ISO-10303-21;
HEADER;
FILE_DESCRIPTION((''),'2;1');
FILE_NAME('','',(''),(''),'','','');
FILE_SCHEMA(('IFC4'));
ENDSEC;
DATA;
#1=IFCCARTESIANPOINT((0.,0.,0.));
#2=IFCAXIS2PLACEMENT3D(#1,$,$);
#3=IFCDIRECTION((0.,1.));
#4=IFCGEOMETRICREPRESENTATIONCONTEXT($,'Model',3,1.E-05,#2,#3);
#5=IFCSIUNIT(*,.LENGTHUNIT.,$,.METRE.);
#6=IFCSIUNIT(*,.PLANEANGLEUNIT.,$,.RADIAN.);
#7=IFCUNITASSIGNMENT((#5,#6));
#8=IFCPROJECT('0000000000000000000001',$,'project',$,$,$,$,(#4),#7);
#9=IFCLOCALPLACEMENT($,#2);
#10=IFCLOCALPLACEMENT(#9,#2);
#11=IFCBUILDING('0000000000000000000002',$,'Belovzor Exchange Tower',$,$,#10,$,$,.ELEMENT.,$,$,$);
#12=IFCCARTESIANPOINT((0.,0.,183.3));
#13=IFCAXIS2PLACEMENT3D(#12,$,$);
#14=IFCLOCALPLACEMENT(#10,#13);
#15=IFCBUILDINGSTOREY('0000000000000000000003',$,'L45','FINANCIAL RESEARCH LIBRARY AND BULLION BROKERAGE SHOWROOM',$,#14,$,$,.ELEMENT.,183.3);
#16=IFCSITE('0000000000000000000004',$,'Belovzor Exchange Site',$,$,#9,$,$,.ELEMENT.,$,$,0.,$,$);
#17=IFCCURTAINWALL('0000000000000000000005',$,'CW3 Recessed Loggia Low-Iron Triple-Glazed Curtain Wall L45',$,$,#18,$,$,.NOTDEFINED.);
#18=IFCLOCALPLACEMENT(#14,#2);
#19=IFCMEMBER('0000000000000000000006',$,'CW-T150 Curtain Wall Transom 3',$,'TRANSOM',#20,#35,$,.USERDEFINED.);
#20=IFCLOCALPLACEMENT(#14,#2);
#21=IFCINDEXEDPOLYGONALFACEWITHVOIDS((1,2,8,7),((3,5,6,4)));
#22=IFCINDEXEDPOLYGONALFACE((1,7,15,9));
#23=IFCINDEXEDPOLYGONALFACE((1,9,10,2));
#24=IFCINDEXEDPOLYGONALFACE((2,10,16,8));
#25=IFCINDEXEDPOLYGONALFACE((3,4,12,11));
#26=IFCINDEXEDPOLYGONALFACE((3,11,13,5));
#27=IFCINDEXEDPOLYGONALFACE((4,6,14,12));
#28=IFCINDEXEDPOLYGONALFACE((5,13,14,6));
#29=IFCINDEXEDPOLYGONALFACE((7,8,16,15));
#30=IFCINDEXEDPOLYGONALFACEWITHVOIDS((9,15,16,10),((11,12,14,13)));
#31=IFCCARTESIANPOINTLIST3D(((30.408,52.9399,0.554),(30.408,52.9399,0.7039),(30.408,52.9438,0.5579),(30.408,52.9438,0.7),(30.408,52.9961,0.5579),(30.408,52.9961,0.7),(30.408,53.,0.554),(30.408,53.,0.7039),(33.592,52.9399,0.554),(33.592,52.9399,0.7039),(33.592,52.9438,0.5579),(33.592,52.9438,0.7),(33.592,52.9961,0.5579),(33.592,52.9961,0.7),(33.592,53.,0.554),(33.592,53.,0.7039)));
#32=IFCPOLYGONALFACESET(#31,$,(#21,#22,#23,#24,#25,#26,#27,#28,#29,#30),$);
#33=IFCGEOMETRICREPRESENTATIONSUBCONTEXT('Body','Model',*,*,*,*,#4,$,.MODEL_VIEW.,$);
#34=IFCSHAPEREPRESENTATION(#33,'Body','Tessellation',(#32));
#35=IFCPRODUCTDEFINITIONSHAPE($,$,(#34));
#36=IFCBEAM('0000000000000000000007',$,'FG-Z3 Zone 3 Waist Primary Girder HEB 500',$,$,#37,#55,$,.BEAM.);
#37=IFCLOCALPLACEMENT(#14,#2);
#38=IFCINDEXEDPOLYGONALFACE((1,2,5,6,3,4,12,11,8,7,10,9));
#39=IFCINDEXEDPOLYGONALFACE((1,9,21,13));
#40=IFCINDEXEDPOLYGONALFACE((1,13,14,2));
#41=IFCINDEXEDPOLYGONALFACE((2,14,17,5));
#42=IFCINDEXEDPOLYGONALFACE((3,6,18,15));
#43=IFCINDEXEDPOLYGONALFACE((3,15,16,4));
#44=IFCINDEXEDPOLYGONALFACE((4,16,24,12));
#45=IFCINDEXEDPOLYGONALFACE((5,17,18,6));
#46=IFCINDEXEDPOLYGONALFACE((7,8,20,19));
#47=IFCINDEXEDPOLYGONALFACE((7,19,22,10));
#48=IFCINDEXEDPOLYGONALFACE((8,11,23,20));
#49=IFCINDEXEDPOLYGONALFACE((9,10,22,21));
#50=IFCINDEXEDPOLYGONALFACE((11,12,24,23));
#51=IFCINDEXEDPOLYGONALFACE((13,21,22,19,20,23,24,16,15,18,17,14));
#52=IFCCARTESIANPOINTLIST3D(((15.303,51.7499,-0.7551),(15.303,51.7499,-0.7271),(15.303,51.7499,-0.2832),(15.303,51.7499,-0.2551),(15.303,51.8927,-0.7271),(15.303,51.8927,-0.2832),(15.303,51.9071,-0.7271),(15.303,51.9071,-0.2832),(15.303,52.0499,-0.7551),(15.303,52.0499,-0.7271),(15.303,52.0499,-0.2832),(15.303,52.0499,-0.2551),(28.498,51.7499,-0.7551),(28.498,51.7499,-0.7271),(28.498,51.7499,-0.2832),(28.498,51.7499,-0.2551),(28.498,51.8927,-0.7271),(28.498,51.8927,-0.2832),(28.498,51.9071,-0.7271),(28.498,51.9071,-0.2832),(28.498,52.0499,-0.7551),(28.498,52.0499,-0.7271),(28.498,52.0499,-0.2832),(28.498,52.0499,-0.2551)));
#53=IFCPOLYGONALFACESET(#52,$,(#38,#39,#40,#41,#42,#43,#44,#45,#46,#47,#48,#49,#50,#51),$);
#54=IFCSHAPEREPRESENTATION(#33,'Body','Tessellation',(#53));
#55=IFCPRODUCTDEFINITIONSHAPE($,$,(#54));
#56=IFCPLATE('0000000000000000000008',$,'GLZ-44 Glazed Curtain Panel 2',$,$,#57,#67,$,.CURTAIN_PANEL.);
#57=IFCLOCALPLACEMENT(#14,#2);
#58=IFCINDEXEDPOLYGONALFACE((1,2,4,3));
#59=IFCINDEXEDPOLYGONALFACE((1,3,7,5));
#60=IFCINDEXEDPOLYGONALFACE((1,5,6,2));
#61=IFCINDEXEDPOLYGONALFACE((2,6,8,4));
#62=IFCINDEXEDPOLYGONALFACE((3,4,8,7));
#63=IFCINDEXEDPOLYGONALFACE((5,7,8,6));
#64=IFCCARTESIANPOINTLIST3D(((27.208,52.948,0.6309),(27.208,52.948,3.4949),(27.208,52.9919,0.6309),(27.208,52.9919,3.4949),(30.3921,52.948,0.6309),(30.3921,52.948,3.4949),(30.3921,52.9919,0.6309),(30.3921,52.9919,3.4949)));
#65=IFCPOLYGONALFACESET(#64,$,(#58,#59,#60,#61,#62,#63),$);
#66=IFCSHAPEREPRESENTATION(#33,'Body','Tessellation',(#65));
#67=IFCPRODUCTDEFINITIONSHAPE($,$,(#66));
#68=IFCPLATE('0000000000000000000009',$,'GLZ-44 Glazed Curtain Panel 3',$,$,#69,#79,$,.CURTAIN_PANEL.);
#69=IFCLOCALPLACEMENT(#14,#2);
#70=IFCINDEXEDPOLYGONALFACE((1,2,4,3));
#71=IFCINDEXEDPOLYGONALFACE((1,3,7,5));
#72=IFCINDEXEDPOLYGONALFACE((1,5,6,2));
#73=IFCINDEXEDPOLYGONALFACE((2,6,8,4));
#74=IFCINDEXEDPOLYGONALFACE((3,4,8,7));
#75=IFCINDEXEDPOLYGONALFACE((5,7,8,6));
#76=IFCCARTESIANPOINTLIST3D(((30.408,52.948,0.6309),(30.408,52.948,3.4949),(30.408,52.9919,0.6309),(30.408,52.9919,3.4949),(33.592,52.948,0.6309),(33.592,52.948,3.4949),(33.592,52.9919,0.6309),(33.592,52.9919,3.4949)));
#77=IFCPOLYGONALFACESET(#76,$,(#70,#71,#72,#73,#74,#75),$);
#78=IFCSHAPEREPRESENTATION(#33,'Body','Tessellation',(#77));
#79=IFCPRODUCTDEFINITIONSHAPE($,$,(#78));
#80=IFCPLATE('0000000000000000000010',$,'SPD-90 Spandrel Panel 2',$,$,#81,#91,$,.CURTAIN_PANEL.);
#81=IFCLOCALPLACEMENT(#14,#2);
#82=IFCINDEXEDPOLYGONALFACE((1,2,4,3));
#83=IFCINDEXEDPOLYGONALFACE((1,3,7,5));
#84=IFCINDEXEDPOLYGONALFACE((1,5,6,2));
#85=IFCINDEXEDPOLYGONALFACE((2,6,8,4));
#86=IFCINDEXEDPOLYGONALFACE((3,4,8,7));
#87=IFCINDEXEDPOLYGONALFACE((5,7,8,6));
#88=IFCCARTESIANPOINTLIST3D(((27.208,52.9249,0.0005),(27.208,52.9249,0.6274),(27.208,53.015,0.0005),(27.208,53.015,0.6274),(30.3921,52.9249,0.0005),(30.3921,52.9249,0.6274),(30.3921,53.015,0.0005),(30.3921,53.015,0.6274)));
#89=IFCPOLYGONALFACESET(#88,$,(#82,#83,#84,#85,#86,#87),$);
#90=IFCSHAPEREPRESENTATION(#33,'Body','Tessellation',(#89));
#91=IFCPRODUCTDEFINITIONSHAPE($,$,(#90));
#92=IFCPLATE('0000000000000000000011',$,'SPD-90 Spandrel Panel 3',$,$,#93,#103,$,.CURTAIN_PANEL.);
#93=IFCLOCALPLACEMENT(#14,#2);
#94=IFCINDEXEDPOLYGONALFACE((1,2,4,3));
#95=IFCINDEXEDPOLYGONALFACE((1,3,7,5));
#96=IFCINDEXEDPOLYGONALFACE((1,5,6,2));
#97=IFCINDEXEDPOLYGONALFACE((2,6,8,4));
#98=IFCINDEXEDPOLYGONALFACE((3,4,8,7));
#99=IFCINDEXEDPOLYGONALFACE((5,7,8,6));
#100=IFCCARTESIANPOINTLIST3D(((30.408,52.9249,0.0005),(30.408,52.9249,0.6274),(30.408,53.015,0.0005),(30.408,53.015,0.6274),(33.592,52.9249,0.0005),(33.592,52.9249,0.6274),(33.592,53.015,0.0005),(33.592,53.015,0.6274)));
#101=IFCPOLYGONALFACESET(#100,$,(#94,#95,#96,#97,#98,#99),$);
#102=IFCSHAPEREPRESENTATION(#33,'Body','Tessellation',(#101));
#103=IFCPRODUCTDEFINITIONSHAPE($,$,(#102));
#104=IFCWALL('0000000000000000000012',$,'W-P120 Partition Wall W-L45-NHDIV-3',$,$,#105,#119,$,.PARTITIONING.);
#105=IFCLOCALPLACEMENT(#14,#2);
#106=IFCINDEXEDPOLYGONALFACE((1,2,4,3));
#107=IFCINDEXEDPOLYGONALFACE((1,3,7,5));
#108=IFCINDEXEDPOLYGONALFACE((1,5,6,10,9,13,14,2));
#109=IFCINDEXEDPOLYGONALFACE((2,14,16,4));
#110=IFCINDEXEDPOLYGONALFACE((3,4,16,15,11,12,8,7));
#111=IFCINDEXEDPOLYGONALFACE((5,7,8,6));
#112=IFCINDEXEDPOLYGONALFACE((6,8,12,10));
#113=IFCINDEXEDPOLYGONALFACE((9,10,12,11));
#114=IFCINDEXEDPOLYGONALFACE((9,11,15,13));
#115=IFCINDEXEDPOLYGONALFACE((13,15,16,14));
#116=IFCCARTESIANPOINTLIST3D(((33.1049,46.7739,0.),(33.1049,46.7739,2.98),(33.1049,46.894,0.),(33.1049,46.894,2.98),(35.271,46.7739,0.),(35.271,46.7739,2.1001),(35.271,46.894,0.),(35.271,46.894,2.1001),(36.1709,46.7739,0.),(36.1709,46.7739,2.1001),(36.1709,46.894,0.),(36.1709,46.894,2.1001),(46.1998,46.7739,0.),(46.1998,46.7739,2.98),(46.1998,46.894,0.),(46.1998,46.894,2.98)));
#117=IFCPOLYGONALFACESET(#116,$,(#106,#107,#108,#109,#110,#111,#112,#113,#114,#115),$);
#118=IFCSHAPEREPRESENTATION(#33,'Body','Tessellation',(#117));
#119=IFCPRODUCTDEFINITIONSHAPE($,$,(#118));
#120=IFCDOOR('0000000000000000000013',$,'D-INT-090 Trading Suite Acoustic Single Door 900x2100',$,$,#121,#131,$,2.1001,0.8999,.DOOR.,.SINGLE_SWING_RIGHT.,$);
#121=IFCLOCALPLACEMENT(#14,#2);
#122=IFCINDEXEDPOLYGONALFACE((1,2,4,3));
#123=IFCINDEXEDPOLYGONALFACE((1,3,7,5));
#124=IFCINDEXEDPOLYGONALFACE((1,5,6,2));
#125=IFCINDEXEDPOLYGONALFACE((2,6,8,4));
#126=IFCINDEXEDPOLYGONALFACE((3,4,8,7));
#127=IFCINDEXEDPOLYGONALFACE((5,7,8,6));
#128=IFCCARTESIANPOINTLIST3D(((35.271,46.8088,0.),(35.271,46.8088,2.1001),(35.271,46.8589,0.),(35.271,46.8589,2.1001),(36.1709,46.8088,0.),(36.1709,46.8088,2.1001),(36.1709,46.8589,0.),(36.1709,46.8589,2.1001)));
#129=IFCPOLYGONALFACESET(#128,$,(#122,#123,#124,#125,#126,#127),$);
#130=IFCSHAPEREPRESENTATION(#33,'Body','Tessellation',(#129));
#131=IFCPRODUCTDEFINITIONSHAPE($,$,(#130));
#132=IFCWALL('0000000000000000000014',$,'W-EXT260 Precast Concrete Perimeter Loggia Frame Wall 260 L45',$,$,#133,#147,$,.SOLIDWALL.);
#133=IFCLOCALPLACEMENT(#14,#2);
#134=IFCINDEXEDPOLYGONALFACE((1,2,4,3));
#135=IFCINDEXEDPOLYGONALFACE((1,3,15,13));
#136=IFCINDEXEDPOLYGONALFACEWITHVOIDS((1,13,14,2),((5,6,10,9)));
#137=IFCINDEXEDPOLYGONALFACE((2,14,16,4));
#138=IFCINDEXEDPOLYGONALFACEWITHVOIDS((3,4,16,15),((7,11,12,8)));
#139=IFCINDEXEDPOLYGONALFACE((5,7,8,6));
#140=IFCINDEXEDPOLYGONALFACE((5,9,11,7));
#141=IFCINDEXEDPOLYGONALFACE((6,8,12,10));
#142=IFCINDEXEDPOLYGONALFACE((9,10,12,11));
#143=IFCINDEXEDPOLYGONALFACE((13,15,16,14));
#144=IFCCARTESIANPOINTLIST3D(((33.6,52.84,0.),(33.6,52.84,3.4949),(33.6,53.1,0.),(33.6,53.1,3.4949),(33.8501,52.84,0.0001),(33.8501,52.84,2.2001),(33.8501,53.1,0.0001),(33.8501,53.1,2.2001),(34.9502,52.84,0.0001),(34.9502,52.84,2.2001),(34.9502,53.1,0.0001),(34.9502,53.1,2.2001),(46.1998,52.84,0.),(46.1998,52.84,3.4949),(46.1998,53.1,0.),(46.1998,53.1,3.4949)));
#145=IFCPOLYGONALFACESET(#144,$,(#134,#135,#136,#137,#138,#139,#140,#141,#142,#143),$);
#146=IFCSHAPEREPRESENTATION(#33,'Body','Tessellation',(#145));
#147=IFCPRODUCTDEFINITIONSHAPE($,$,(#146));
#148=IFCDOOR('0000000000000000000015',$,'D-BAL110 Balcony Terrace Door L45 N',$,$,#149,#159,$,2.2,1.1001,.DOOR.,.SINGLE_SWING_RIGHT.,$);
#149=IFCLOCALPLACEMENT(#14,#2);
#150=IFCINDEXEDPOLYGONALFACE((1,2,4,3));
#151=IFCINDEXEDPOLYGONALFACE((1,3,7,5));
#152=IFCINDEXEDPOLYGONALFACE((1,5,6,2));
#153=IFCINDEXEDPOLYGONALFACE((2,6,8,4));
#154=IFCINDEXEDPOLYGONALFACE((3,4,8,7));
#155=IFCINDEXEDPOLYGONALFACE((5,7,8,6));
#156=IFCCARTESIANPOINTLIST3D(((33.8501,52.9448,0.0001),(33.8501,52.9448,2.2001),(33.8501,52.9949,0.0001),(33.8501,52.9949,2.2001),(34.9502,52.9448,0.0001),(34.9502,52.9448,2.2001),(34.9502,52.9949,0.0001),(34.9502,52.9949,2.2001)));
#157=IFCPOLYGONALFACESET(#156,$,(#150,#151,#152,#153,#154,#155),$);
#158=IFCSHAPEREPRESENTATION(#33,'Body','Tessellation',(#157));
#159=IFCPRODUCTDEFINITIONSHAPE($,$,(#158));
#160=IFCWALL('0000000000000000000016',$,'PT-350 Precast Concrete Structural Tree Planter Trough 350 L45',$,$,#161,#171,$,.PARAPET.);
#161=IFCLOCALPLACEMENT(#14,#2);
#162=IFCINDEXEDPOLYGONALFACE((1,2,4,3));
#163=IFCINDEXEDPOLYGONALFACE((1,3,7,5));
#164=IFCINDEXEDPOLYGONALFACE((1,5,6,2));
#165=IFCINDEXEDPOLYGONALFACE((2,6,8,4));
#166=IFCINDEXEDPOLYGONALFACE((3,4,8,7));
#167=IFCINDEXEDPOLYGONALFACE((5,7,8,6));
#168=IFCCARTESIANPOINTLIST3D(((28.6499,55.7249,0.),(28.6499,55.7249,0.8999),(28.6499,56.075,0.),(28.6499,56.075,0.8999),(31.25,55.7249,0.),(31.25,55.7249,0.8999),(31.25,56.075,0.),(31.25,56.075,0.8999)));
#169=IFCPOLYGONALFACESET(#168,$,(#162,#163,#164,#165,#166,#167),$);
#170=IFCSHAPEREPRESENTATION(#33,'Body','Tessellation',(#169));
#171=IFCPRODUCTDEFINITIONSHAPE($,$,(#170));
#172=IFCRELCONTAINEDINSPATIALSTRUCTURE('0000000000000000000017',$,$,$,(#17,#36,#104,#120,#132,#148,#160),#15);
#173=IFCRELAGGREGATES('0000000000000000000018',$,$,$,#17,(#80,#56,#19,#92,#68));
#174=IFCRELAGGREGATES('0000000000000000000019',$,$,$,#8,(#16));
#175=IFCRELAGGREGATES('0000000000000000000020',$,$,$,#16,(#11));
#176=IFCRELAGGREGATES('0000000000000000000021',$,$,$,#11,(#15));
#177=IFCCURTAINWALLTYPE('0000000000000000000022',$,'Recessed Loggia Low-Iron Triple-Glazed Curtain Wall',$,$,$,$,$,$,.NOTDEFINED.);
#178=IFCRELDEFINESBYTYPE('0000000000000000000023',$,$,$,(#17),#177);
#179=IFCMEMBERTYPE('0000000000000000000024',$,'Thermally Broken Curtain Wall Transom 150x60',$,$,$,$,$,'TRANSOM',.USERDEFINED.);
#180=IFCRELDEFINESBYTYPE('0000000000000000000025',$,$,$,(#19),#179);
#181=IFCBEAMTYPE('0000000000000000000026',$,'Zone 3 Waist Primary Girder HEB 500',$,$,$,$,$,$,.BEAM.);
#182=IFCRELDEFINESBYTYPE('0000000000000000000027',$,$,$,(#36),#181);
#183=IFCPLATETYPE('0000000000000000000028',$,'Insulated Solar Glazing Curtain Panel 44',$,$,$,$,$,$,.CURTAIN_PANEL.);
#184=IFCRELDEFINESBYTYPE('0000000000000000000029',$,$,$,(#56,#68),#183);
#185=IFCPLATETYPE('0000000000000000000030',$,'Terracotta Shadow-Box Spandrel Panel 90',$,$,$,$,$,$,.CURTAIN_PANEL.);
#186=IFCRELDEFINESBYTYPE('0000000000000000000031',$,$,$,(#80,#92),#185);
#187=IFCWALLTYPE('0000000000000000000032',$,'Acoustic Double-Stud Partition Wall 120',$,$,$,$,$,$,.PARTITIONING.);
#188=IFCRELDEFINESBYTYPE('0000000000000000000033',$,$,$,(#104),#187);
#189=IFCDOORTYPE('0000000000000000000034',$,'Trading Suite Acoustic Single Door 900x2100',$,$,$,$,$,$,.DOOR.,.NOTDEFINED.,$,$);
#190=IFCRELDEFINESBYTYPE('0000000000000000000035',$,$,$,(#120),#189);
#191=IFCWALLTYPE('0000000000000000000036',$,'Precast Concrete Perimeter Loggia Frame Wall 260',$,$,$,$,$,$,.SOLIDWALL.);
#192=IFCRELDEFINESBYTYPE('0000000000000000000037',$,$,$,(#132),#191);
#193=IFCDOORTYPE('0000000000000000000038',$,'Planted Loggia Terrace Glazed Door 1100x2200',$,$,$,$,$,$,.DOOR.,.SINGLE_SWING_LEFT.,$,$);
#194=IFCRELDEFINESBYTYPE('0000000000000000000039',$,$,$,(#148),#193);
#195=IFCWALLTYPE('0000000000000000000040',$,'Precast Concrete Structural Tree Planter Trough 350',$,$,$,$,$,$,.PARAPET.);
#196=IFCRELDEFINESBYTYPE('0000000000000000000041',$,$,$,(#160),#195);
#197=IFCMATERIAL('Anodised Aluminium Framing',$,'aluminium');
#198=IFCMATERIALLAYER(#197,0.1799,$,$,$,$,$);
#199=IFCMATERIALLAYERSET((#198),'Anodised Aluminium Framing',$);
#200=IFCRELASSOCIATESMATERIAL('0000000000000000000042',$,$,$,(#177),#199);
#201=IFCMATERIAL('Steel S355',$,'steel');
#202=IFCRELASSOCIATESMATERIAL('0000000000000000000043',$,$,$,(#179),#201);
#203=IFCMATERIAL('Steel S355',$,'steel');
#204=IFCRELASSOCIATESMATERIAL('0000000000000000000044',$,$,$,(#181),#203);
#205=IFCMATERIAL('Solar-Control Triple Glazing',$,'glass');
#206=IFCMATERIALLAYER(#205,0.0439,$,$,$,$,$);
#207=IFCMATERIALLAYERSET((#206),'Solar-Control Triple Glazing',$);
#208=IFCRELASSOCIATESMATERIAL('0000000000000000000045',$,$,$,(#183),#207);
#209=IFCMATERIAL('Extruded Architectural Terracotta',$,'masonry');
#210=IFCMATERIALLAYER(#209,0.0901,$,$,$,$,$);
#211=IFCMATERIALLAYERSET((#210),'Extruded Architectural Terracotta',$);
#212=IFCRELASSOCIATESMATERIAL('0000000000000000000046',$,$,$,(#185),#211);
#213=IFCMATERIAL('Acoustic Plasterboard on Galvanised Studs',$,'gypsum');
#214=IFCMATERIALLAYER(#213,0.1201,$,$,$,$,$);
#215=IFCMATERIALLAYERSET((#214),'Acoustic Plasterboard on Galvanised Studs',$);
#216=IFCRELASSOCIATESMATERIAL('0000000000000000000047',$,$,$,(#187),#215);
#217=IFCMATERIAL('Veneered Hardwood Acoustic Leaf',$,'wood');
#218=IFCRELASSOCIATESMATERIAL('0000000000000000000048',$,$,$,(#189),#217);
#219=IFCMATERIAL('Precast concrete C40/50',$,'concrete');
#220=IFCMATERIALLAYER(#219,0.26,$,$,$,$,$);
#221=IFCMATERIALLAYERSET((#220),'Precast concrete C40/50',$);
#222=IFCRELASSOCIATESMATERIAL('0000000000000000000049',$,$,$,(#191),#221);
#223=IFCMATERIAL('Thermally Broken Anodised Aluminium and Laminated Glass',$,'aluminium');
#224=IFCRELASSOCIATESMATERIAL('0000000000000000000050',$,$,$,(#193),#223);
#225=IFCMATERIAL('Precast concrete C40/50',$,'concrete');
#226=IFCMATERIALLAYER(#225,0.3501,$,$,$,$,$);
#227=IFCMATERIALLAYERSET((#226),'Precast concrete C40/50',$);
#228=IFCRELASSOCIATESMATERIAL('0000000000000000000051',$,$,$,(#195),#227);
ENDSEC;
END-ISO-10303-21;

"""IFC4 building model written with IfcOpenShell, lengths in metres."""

from ifc_helpers import new_model, si_unit, direction, frame, frame_2d, origin, origin_2d, place, context, subcontext, project, spatial, rectangle, hollow_rectangle, i_section, extrude, material, layer, layer_set, material_profile, profile_set, type_object, element, fill, aggregate, save


model = new_model("IFC4")

# Units and contexts
model_context = context("Model", 3, precision=1e-05, world=origin(), true_north=direction((0.0, 1.0)))
body_context = subcontext(model_context, "Body", "Model", "MODEL_VIEW")
ifc_project = project(units=[si_unit("LENGTHUNIT", "METRE"), si_unit("PLANEANGLEUNIT", "RADIAN")], contexts=[model_context])

# Site, building, storey
site_placement = place(None, origin())
site = spatial("IfcSite", under=ifc_project, at=site_placement, Name="Belovzor Exchange Site", CompositionType="ELEMENT", RefElevation=0.0)
building_placement = place(site_placement, origin())
building = spatial("IfcBuilding", under=site, at=building_placement, Name="Belovzor Exchange Tower", CompositionType="ELEMENT")
storey_placement = place(building_placement, frame((0.0, 0.0, 183.3)))
storey = spatial("IfcBuildingStorey", under=building, at=storey_placement, Name="L45", Description="FINANCIAL RESEARCH LIBRARY AND BULLION BROKERAGE SHOWROOM", CompositionType="ELEMENT", Elevation=183.3)

# Curtain wall, member
ifc_material_1 = material(Name="Anodised Aluminium Framing", Category="aluminium")
ifc_layer_1 = layer(ifc_material_1, 0.1799)
ifc_layer_set_1 = layer_set([ifc_layer_1], Name="Anodised Aluminium Framing")
curtain_wall_type = type_object("IfcCurtainWallType", Name="Recessed Loggia Low-Iron Triple-Glazed Curtain Wall", PredefinedType="NOTDEFINED", material=ifc_layer_set_1)
curtain_wall_placement = place(storey_placement, origin())
curtain_wall = element("IfcCurtainWall", 1, at=curtain_wall_placement, inside=storey, type_object=curtain_wall_type, Name="CW3 Recessed Loggia Low-Iron Triple-Glazed Curtain Wall L45", PredefinedType="NOTDEFINED")
ifc_material_2 = material(Name="Steel S355", Category="steel")
ifc_material_profile_1 = material_profile(ifc_material_2, hollow_rectangle(XDim=0.0601, YDim=0.1499, WallThickness=0.0039, at=origin_2d()))
ifc_profile_set_1 = profile_set([ifc_material_profile_1], Name="Steel S355")
member_type_1 = type_object("IfcMemberType", Name="Thermally Broken Curtain Wall Transom 150x60", ElementType="TRANSOM", PredefinedType="USERDEFINED", material=ifc_profile_set_1)
member_1_placement = place(storey_placement, frame((30.408, 52.97, 0.6289), z_axis=(1.0, 0.0, 0.0), x_axis=(0.0, 1.0, 0.0)))
member_1 = element("IfcMember", 2, at=member_1_placement, type_object=member_type_1, Name="CW-T150 Curtain Wall Transom 3", ObjectType="TRANSOM", PredefinedType="USERDEFINED", context=body_context, shape_type="SweptSolid", body=[
    extrude(hollow_rectangle(XDim=0.0601, YDim=0.1499, WallThickness=0.0039, at=origin_2d()), origin(), (0.0, 0.0, 1.0), 3.1841),
])

# Beam
ifc_material_3 = material(Name="Steel S355", Category="steel")
ifc_material_profile_2 = material_profile(ifc_material_3, i_section(OverallWidth=0.3, OverallDepth=0.5, WebThickness=0.0144, FlangeThickness=0.0281, at=origin_2d()))
ifc_profile_set_2 = profile_set([ifc_material_profile_2], Name="Steel S355")
beam_type_1 = type_object("IfcBeamType", Name="Zone 3 Waist Primary Girder HEB 500", PredefinedType="BEAM", material=ifc_profile_set_2)
beam_1_placement = place(storey_placement, frame((28.498, 51.8999, -0.5051), z_axis=(-1.0, 0.0, 0.0), x_axis=(0.0, -1.0, 0.0)))
element("IfcBeam", 3, at=beam_1_placement, inside=storey, type_object=beam_type_1, Name="FG-Z3 Zone 3 Waist Primary Girder HEB 500", PredefinedType="BEAM", context=body_context, shape_type="SweptSolid", body=[
    extrude(i_section(OverallWidth=0.3, OverallDepth=0.5, WebThickness=0.0144, FlangeThickness=0.0281, at=origin_2d()), origin(), (0.0, 0.0, 1.0), 13.1951),
])

# Plates
ifc_material_4 = material(Name="Solar-Control Triple Glazing", Category="glass")
ifc_layer_2 = layer(ifc_material_4, 0.0439)
ifc_layer_set_2 = layer_set([ifc_layer_2], Name="Solar-Control Triple Glazing")
plate_type_1 = type_object("IfcPlateType", Name="Insulated Solar Glazing Curtain Panel 44", PredefinedType="CURTAIN_PANEL", material=ifc_layer_set_2)
plate_1_placement = place(storey_placement, frame((28.8, 52.97, 0.6309), z_axis=(0.0, 0.0, 1.0), x_axis=(1.0, 0.0, 0.0)))
plate_1 = element("IfcPlate", 4, at=plate_1_placement, type_object=plate_type_1, Name="GLZ-44 Glazed Curtain Panel 2", PredefinedType="CURTAIN_PANEL", context=body_context, shape_type="SweptSolid", body=[
    extrude(rectangle(XDim=3.1841, YDim=0.0439, at=origin_2d()), origin(), (0.0, 0.0, 1.0), 2.864),
])
plate_2_placement = place(storey_placement, frame((32.0, 52.97, 0.6309), z_axis=(0.0, 0.0, 1.0), x_axis=(1.0, 0.0, 0.0)))
plate_2 = element("IfcPlate", 5, at=plate_2_placement, type_object=plate_type_1, Name="GLZ-44 Glazed Curtain Panel 3", PredefinedType="CURTAIN_PANEL", context=body_context, shape_type="SweptSolid", body=[
    extrude(rectangle(XDim=3.1841, YDim=0.0439, at=origin_2d()), origin(), (0.0, 0.0, 1.0), 2.864),
])
ifc_material_5 = material(Name="Extruded Architectural Terracotta", Category="masonry")
ifc_layer_3 = layer(ifc_material_5, 0.0901)
ifc_layer_set_3 = layer_set([ifc_layer_3], Name="Extruded Architectural Terracotta")
plate_type_2 = type_object("IfcPlateType", Name="Terracotta Shadow-Box Spandrel Panel 90", PredefinedType="CURTAIN_PANEL", material=ifc_layer_set_3)
plate_3_placement = place(storey_placement, frame((28.8, 52.97, 0.0005), z_axis=(0.0, 0.0, 1.0), x_axis=(1.0, 0.0, 0.0)))
plate_3 = element("IfcPlate", 6, at=plate_3_placement, type_object=plate_type_2, Name="SPD-90 Spandrel Panel 2", PredefinedType="CURTAIN_PANEL", context=body_context, shape_type="SweptSolid", body=[
    extrude(rectangle(XDim=3.1841, YDim=0.0901, at=origin_2d()), origin(), (0.0, 0.0, 1.0), 0.627),
])
plate_4_placement = place(storey_placement, frame((32.0, 52.97, 0.0005), z_axis=(0.0, 0.0, 1.0), x_axis=(1.0, 0.0, 0.0)))
plate_4 = element("IfcPlate", 7, at=plate_4_placement, type_object=plate_type_2, Name="SPD-90 Spandrel Panel 3", PredefinedType="CURTAIN_PANEL", context=body_context, shape_type="SweptSolid", body=[
    extrude(rectangle(XDim=3.1841, YDim=0.0901, at=origin_2d()), origin(), (0.0, 0.0, 1.0), 0.627),
])
aggregate(curtain_wall, [plate_3, plate_1, member_1, plate_4, plate_2])

# Walls, openings, doors
ifc_material_6 = material(Name="Acoustic Plasterboard on Galvanised Studs", Category="gypsum")
ifc_layer_4 = layer(ifc_material_6, 0.1201)
ifc_layer_set_4 = layer_set([ifc_layer_4], Name="Acoustic Plasterboard on Galvanised Studs")
wall_type_1 = type_object("IfcWallType", Name="Acoustic Double-Stud Partition Wall 120", PredefinedType="PARTITIONING", material=ifc_layer_set_4)
wall_1_placement = place(storey_placement, frame((33.105, 46.834, 0.0), z_axis=(0.0, 0.0, 1.0), x_axis=(1.0, 0.0, 0.0)))
wall_1 = element("IfcWall", 8, at=wall_1_placement, inside=storey, type_object=wall_type_1, Name="W-P120 Partition Wall W-L45-NHDIV-3", PredefinedType="PARTITIONING", context=body_context, shape_type="SweptSolid", body=[
    extrude(rectangle(XDim=13.095, YDim=0.1201, at=frame_2d((6.5474, 0.0))), origin(), (0.0, 0.0, 1.0), 2.98),
])
opening_1_placement = place(wall_1_placement, frame((2.166, 0.0, 0.0)))
opening_1 = element("IfcOpeningElement", 9, at=opening_1_placement, cuts=wall_1, PredefinedType="OPENING", context=body_context, shape_type="SweptSolid", body=[
    extrude(rectangle(XDim=0.8999, YDim=2.1001, at=frame_2d((0.45, 1.05))), frame((0.0, 0.0701, 0.0), z_axis=(0.0, -1.0, 0.0), x_axis=(1.0, 0.0, 0.0)), (0.0, 0.0, 1.0), 0.1401),
])
ifc_material_7 = material(Name="Veneered Hardwood Acoustic Leaf", Category="wood")
door_type_1 = type_object("IfcDoorType", Name="Trading Suite Acoustic Single Door 900x2100", OperationType="NOTDEFINED", PredefinedType="DOOR", material=ifc_material_7)
door_1_placement = place(opening_1_placement, origin())
door_1 = element("IfcDoor", 10, at=door_1_placement, inside=storey, type_object=door_type_1, Name="D-INT-090 Trading Suite Acoustic Single Door 900x2100", OperationType="SINGLE_SWING_RIGHT", OverallHeight=2.1001, OverallWidth=0.8999, PredefinedType="DOOR", context=body_context, shape_type="SweptSolid", body=[
    extrude(rectangle(XDim=0.8999, YDim=2.1001, at=frame_2d((0.45, 1.05))), frame((0.0, 0.0249, 0.0), z_axis=(0.0, -1.0, 0.0), x_axis=(1.0, 0.0, 0.0)), (0.0, 0.0, 1.0), 0.05),
])
fill(opening_1, door_1)
ifc_material_8 = material(Name="Precast concrete C40/50", Category="concrete")
ifc_layer_5 = layer(ifc_material_8, 0.26)
ifc_layer_set_5 = layer_set([ifc_layer_5], Name="Precast concrete C40/50")
wall_type_2 = type_object("IfcWallType", Name="Precast Concrete Perimeter Loggia Frame Wall 260", PredefinedType="SOLIDWALL", material=ifc_layer_set_5)
wall_2_placement = place(storey_placement, frame((33.6001, 52.97, 0.0), z_axis=(0.0, 0.0, 1.0), x_axis=(1.0, 0.0, 0.0)))
wall_2 = element("IfcWall", 11, at=wall_2_placement, inside=storey, type_object=wall_type_2, Name="W-EXT260 Precast Concrete Perimeter Loggia Frame Wall 260 L45", PredefinedType="SOLIDWALL", context=body_context, shape_type="SweptSolid", body=[
    extrude(rectangle(XDim=12.5999, YDim=0.26, at=frame_2d((6.2998, 0.0))), origin(), (0.0, 0.0, 1.0), 3.4949),
])
opening_2_placement = place(wall_2_placement, frame((0.25, 0.0, 0.0)))
opening_2 = element("IfcOpeningElement", 12, at=opening_2_placement, cuts=wall_2, PredefinedType="OPENING", context=body_context, shape_type="SweptSolid", body=[
    extrude(rectangle(XDim=1.1001, YDim=2.2, at=frame_2d((0.55, 1.1001))), frame((0.0, 0.1399, 0.0), z_axis=(0.0, -1.0, 0.0), x_axis=(1.0, 0.0, 0.0)), (0.0, 0.0, 1.0), 0.28),
])
ifc_material_9 = material(Name="Thermally Broken Anodised Aluminium and Laminated Glass", Category="aluminium")
door_type_2 = type_object("IfcDoorType", Name="Planted Loggia Terrace Glazed Door 1100x2200", OperationType="SINGLE_SWING_LEFT", PredefinedType="DOOR", material=ifc_material_9)
door_2_placement = place(opening_2_placement, origin())
door_2 = element("IfcDoor", 13, at=door_2_placement, inside=storey, type_object=door_type_2, Name="D-BAL110 Balcony Terrace Door L45 N", OperationType="SINGLE_SWING_RIGHT", OverallHeight=2.2, OverallWidth=1.1001, PredefinedType="DOOR", context=body_context, shape_type="SweptSolid", body=[
    extrude(rectangle(XDim=1.1001, YDim=2.2, at=frame_2d((0.55, 1.1001))), frame((0.0, 0.0249, 0.0), z_axis=(0.0, -1.0, 0.0), x_axis=(1.0, 0.0, 0.0)), (0.0, 0.0, 1.0), 0.05),
])
fill(opening_2, door_2)

# Wall
ifc_material_10 = material(Name="Precast concrete C40/50", Category="concrete")
ifc_layer_6 = layer(ifc_material_10, 0.3501)
ifc_layer_set_6 = layer_set([ifc_layer_6], Name="Precast concrete C40/50")
wall_type_3 = type_object("IfcWallType", Name="Precast Concrete Structural Tree Planter Trough 350", PredefinedType="PARAPET", material=ifc_layer_set_6)
wall_3_placement = place(storey_placement, frame((28.6499, 55.8999, 0.0), z_axis=(0.0, 0.0, 1.0), x_axis=(1.0, 0.0, 0.0)))
element("IfcWall", 14, at=wall_3_placement, inside=storey, type_object=wall_type_3, Name="PT-350 Precast Concrete Structural Tree Planter Trough 350 L45", PredefinedType="PARAPET", context=body_context, shape_type="SweptSolid", body=[
    extrude(rectangle(XDim=2.6001, YDim=0.3501, at=frame_2d((1.3, 0.0))), origin(), (0.0, 0.0, 1.0), 0.8999),
])

save(model, "model.ifc")
